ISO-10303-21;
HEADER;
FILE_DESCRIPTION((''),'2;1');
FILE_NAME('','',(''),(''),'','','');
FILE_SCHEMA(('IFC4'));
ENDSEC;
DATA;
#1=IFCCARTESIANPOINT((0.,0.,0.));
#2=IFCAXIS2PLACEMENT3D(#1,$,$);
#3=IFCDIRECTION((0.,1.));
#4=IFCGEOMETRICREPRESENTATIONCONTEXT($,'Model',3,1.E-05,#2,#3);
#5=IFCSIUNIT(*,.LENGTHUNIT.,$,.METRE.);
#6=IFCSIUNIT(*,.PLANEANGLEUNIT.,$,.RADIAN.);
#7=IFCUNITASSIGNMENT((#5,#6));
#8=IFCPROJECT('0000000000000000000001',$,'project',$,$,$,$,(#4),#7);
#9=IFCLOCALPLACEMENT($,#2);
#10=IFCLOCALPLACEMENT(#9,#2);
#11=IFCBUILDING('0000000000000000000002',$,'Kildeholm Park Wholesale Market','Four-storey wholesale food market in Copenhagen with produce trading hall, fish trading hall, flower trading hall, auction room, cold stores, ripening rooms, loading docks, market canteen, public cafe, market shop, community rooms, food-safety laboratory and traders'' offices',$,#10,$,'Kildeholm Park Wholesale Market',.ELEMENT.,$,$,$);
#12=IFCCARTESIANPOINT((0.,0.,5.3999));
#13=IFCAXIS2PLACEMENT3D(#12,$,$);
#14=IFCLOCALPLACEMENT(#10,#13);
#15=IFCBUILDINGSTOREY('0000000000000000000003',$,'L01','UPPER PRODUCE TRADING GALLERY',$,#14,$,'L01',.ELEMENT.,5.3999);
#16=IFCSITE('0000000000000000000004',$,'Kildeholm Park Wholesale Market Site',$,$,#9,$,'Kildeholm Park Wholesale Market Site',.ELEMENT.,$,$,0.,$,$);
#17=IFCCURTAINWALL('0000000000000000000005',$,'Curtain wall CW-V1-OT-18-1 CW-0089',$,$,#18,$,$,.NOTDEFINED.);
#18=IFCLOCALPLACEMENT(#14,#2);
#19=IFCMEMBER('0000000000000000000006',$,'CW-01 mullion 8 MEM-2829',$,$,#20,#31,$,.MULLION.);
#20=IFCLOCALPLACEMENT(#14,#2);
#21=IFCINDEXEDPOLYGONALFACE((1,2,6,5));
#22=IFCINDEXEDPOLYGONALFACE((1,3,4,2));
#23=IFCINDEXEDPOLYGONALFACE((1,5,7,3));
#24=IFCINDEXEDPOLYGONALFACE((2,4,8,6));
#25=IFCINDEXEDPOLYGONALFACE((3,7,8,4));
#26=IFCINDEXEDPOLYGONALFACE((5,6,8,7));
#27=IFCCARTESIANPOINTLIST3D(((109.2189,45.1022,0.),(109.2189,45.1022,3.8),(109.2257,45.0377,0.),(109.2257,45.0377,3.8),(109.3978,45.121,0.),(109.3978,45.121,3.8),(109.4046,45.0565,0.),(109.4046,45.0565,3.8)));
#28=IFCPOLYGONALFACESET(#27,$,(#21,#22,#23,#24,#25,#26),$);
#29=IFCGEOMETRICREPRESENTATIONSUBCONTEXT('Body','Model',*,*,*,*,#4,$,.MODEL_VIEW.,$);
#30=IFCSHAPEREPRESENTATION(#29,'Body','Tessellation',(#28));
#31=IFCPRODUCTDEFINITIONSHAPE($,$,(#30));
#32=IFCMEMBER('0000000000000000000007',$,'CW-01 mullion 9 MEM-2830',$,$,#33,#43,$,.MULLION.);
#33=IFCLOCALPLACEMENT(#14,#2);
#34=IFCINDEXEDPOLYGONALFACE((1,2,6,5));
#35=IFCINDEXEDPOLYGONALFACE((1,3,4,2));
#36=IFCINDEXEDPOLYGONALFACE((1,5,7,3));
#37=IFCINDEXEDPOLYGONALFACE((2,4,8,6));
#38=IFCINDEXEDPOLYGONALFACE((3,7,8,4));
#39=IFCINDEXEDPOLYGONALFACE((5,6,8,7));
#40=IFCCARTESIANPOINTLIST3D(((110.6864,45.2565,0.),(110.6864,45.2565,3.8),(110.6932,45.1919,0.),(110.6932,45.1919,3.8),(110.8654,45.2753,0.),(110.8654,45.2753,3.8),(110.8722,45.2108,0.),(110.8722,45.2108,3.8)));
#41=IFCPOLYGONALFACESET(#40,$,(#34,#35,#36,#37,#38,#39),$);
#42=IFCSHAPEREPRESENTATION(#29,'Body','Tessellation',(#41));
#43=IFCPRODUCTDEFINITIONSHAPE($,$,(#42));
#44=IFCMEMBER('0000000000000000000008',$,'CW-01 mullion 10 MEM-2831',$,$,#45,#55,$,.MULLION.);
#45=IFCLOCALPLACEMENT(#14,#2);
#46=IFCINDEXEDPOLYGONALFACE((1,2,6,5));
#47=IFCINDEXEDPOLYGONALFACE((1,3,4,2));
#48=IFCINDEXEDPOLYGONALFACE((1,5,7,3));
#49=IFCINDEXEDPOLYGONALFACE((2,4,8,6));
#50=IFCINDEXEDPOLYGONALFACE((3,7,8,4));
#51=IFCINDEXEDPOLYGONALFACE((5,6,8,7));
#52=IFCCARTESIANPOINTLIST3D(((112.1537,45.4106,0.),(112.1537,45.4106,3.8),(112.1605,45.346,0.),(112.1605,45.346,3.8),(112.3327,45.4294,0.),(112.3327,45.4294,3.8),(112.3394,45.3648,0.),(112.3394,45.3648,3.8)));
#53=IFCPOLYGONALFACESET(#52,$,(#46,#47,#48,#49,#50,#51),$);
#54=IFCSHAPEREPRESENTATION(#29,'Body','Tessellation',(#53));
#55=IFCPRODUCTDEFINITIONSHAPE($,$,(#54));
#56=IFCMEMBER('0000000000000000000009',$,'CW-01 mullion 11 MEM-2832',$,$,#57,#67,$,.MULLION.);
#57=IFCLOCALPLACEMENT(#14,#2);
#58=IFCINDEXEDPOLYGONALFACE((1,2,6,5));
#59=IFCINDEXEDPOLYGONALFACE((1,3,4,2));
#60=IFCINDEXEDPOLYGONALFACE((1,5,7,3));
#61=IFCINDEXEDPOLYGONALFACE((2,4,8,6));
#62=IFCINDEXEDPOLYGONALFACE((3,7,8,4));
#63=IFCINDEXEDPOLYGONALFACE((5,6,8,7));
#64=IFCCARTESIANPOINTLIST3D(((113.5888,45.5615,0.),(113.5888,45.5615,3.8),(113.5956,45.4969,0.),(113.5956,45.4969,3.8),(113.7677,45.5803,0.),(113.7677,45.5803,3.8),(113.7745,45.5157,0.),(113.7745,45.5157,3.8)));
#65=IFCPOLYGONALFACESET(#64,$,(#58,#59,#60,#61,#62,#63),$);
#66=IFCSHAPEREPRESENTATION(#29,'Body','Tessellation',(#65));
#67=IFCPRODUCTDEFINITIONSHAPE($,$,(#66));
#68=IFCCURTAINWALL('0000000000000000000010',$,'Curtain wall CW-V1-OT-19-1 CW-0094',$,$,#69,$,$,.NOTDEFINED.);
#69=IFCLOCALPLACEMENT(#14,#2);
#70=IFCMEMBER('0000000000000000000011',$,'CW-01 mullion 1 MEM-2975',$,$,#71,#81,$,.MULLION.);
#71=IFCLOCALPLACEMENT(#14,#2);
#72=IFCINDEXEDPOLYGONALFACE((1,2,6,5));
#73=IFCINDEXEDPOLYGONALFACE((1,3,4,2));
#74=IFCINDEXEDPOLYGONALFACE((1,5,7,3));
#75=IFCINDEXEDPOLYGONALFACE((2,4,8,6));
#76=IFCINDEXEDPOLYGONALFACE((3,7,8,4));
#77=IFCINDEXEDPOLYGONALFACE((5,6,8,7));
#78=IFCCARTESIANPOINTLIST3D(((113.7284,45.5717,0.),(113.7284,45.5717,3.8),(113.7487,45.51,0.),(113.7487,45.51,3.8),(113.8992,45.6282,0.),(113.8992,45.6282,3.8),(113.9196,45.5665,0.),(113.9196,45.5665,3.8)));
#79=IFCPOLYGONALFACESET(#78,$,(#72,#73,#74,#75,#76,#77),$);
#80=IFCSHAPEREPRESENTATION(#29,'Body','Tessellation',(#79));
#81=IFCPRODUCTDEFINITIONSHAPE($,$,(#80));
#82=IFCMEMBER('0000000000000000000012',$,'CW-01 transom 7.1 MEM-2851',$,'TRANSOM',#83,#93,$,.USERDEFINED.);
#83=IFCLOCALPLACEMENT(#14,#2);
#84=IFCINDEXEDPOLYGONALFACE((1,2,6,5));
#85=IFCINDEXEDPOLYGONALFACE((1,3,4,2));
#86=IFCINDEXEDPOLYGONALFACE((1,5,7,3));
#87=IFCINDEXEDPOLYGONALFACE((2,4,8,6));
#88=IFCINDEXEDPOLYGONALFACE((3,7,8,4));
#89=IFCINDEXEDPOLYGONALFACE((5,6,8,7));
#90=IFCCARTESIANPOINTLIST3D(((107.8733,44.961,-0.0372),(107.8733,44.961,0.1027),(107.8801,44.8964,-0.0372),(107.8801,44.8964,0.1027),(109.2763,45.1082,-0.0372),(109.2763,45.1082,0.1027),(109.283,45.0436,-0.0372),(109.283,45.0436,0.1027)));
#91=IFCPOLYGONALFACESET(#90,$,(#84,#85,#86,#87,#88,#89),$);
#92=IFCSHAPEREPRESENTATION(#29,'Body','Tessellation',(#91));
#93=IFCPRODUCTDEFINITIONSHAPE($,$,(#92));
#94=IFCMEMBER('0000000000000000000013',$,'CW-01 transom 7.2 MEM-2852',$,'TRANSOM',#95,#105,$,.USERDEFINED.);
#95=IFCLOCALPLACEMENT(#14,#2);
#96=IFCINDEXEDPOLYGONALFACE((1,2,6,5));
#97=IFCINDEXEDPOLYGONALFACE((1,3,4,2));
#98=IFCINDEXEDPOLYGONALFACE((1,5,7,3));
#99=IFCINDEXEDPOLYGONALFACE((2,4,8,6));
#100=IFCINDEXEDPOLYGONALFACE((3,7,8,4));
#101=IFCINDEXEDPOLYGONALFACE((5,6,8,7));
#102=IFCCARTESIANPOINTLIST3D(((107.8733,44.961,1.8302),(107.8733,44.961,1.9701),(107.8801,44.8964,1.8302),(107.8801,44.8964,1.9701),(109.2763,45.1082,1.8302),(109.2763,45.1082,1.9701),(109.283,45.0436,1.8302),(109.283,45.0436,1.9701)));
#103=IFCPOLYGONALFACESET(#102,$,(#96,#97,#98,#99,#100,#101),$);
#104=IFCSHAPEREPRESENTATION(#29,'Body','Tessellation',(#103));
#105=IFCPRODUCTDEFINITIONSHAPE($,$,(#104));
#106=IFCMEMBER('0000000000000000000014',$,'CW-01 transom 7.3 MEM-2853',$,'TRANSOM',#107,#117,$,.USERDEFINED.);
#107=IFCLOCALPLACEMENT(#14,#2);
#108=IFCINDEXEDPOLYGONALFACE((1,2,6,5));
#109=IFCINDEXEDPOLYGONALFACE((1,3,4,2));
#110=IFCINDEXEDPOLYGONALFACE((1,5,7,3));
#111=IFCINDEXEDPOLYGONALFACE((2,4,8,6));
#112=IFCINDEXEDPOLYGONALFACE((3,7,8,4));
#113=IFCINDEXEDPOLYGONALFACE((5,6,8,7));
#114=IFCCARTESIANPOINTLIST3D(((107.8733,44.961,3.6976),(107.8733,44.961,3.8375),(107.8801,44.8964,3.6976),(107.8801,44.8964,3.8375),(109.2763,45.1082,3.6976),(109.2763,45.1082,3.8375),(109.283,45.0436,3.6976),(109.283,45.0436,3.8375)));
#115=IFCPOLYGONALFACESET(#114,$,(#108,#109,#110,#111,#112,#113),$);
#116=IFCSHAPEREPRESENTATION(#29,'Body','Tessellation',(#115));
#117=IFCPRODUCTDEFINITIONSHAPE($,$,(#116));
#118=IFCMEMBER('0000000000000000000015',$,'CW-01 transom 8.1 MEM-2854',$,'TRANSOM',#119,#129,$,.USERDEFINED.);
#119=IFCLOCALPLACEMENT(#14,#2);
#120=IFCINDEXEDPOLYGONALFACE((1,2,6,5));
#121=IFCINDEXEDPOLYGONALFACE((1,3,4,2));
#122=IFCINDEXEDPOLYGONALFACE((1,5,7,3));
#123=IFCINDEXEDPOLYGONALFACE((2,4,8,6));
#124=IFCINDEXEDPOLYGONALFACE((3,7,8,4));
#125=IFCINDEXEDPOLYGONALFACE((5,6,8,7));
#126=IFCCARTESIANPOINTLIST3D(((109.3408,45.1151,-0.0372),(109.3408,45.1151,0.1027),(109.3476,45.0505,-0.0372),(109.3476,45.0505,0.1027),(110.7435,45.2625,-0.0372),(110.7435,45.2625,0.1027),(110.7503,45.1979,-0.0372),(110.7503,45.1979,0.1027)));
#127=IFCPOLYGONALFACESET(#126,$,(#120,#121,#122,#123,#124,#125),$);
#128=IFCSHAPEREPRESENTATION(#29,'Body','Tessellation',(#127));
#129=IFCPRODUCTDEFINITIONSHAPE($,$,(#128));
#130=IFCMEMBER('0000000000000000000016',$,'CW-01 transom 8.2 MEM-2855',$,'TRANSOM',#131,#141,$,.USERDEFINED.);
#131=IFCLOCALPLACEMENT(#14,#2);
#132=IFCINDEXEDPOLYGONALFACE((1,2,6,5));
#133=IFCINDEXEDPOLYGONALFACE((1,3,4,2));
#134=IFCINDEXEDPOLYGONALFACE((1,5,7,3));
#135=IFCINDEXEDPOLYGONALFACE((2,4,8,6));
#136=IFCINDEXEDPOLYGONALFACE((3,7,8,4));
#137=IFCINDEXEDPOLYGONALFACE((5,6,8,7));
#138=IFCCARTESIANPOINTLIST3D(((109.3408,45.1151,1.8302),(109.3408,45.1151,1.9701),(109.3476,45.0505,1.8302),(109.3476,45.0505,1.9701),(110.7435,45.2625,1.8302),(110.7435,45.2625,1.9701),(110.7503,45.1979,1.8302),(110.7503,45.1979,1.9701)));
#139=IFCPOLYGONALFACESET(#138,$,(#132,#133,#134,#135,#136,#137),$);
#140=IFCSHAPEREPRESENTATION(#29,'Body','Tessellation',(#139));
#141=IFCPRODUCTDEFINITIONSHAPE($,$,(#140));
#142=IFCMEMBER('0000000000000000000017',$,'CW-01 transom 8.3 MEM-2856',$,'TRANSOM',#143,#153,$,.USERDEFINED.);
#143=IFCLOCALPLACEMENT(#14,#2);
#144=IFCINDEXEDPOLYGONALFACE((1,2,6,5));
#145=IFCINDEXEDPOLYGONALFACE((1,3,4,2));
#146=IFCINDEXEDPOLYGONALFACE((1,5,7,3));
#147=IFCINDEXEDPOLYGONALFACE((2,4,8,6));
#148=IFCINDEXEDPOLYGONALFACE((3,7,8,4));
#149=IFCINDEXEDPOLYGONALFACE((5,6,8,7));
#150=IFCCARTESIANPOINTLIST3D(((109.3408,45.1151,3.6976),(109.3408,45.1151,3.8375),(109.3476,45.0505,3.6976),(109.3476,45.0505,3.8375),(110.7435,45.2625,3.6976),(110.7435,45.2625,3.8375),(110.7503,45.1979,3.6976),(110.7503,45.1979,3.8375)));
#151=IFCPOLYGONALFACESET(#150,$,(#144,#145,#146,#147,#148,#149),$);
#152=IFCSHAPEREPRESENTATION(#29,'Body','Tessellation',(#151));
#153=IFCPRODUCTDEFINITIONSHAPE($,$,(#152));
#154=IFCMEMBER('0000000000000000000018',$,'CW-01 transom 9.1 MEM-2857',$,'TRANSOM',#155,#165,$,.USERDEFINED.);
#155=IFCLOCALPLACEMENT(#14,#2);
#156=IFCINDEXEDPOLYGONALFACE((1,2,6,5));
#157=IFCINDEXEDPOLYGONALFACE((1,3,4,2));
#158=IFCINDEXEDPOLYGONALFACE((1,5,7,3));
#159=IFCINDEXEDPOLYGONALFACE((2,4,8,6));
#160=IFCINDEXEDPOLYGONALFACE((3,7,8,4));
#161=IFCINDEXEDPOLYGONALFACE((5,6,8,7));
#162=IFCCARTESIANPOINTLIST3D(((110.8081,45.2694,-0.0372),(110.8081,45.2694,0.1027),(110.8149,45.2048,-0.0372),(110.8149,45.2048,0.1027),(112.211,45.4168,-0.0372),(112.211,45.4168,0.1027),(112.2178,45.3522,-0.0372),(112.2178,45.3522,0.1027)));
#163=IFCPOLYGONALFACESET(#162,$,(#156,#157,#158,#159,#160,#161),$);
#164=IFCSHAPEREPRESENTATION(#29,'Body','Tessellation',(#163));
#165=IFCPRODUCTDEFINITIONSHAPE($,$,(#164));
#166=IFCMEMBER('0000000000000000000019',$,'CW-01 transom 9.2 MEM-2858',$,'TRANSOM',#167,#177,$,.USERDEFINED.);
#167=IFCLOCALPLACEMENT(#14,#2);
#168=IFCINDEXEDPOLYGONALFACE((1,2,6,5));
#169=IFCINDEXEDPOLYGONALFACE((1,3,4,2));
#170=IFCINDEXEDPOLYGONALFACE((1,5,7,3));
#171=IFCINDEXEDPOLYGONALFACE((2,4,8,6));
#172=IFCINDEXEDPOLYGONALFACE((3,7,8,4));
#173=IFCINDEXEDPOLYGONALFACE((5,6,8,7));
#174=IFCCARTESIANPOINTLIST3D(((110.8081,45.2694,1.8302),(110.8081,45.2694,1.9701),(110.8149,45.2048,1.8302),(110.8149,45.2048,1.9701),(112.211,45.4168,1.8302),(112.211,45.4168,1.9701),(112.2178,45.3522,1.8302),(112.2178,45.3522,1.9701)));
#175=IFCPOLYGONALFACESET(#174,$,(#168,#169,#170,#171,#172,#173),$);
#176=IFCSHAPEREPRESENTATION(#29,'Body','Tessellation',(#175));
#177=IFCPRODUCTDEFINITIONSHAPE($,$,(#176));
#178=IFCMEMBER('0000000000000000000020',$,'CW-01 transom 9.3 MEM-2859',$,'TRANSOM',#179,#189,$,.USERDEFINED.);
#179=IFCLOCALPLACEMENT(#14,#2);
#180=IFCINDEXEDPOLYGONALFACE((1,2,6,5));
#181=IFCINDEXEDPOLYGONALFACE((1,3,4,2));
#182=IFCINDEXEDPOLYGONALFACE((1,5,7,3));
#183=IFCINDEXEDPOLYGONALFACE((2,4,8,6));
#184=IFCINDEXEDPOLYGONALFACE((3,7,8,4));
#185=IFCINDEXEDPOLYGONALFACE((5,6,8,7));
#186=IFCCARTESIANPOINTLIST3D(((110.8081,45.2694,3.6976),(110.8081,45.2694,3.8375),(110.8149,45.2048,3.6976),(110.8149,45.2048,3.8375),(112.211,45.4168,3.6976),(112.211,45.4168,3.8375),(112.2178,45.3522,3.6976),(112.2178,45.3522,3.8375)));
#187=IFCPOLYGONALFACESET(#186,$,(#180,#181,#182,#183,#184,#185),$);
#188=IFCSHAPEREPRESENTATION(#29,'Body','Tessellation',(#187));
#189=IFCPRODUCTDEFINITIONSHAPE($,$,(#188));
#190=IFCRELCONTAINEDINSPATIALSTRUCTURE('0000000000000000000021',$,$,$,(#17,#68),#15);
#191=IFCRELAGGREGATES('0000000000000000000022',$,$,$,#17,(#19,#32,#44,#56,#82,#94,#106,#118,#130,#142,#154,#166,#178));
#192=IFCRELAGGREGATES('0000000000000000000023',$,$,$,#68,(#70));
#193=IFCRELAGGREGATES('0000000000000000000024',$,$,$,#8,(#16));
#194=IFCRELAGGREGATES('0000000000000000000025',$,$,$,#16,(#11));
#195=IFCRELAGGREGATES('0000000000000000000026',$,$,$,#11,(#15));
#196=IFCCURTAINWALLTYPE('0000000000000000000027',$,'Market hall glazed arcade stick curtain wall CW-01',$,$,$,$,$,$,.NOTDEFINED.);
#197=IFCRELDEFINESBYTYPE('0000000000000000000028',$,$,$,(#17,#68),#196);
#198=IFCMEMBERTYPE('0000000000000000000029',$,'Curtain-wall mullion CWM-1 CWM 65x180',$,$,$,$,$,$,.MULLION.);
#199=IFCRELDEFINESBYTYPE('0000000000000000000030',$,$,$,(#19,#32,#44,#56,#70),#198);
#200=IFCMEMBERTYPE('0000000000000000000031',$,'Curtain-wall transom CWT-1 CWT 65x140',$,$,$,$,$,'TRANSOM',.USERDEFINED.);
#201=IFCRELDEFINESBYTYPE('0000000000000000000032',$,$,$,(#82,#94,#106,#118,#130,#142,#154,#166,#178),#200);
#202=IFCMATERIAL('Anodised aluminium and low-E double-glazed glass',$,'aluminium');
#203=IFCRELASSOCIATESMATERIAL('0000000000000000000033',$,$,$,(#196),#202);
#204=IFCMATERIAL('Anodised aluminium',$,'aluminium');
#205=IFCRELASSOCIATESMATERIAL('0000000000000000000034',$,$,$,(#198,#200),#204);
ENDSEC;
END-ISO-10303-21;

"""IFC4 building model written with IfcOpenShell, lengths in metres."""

from ifc_helpers import new_model, si_unit, direction, frame, origin, origin_2d, place, context, subcontext, project, spatial, rectangle, extrude, material, material_profile, profile_set, type_object, element, aggregate, save


model = new_model("IFC4")

# Units and contexts
model_context = context("Model", 3, precision=1e-05, world=origin(), true_north=direction((0.0, 1.0)))
body_context = subcontext(model_context, "Body", "Model", "MODEL_VIEW")
ifc_project = project(units=[si_unit("LENGTHUNIT", "METRE"), si_unit("PLANEANGLEUNIT", "RADIAN")], contexts=[model_context])

# Site, building, storey
site_placement = place(None, origin())
site = spatial("IfcSite", under=ifc_project, at=site_placement, Name="Kildeholm Park Wholesale Market Site", LongName="Kildeholm Park Wholesale Market Site", CompositionType="ELEMENT", RefElevation=0.0)
building_placement = place(site_placement, origin())
building = spatial("IfcBuilding", under=site, at=building_placement, Name="Kildeholm Park Wholesale Market", Description="Four-storey wholesale food market in Copenhagen with produce trading hall, fish trading hall, flower trading hall, auction room, cold stores, ripening rooms, loading docks, market canteen, public cafe, market shop, community rooms, food-safety laboratory and traders' offices", LongName="Kildeholm Park Wholesale Market", CompositionType="ELEMENT")
storey_placement = place(building_placement, frame((0.0, 0.0, 5.3999)))
storey = spatial("IfcBuildingStorey", under=building, at=storey_placement, Name="L01", Description="UPPER PRODUCE TRADING GALLERY", LongName="L01", CompositionType="ELEMENT", Elevation=5.3999)

# Curtain wall, members
ifc_material_1 = material(Name="Anodised aluminium and low-E double-glazed glass", Category="aluminium")
curtain_wall_type = type_object("IfcCurtainWallType", Name="Market hall glazed arcade stick curtain wall CW-01", PredefinedType="NOTDEFINED", material=ifc_material_1)
curtain_wall_1_placement = place(storey_placement, origin())
curtain_wall_1 = element("IfcCurtainWall", 1, at=curtain_wall_1_placement, inside=storey, type_object=curtain_wall_type, Name="Curtain wall CW-V1-OT-18-1 CW-0089", PredefinedType="NOTDEFINED")
ifc_material_2 = material(Name="Anodised aluminium", Category="aluminium")
ifc_material_profile_1 = material_profile(ifc_material_2, rectangle(XDim=0.0649, YDim=0.1799, at=origin_2d()), Name="CWM 65x180")
ifc_profile_set_1 = profile_set([ifc_material_profile_1], Name="Anodised aluminium")
member_type_1 = type_object("IfcMemberType", Name="Curtain-wall mullion CWM-1 CWM 65x180", PredefinedType="MULLION", material=ifc_profile_set_1)
member_1_placement = place(storey_placement, frame((109.3118, 45.0793, 0.0), z_axis=(0.0, 0.0, 1.0), x_axis=(-0.104508, 0.994524, 0.0)))
member_1 = element("IfcMember", 2, at=member_1_placement, type_object=member_type_1, Name="CW-01 mullion 8 MEM-2829", PredefinedType="MULLION", context=body_context, shape_type="SweptSolid", body=[
    extrude(rectangle(XDim=0.0649, YDim=0.1799, at=origin_2d()), origin(), (0.0, 0.0, 1.0), 3.8),
])
member_2_placement = place(storey_placement, frame((110.7793, 45.2336, 0.0), z_axis=(0.0, 0.0, 1.0), x_axis=(-0.104508, 0.994524, 0.0)))
member_2 = element("IfcMember", 3, at=member_2_placement, type_object=member_type_1, Name="CW-01 mullion 9 MEM-2830", PredefinedType="MULLION", context=body_context, shape_type="SweptSolid", body=[
    extrude(rectangle(XDim=0.0649, YDim=0.1799, at=origin_2d()), origin(), (0.0, 0.0, 1.0), 3.8),
])
member_3_placement = place(storey_placement, frame((112.2466, 45.3877, 0.0), z_axis=(0.0, 0.0, 1.0), x_axis=(-0.104508, 0.994524, 0.0)))
member_3 = element("IfcMember", 4, at=member_3_placement, type_object=member_type_1, Name="CW-01 mullion 10 MEM-2831", PredefinedType="MULLION", context=body_context, shape_type="SweptSolid", body=[
    extrude(rectangle(XDim=0.0649, YDim=0.1799, at=origin_2d()), origin(), (0.0, 0.0, 1.0), 3.8),
])
member_4_placement = place(storey_placement, frame((113.6816, 45.5386, 0.0), z_axis=(0.0, 0.0, 1.0), x_axis=(-0.104508, 0.994524, 0.0)))
member_4 = element("IfcMember", 5, at=member_4_placement, type_object=member_type_1, Name="CW-01 mullion 11 MEM-2832", PredefinedType="MULLION", context=body_context, shape_type="SweptSolid", body=[
    extrude(rectangle(XDim=0.0649, YDim=0.1799, at=origin_2d()), origin(), (0.0, 0.0, 1.0), 3.8),
])

# Curtain wall, member
curtain_wall_2_placement = place(storey_placement, origin())
curtain_wall_2 = element("IfcCurtainWall", 6, at=curtain_wall_2_placement, inside=storey, type_object=curtain_wall_type, Name="Curtain wall CW-V1-OT-19-1 CW-0094", PredefinedType="NOTDEFINED")
member_5_placement = place(storey_placement, frame((113.824, 45.5691, 0.0), z_axis=(0.0, 0.0, 1.0), x_axis=(-0.313914, 0.949451, 0.0)))
member_5 = element("IfcMember", 7, at=member_5_placement, type_object=member_type_1, Name="CW-01 mullion 1 MEM-2975", PredefinedType="MULLION", context=body_context, shape_type="SweptSolid", body=[
    extrude(rectangle(XDim=0.0649, YDim=0.1799, at=origin_2d()), origin(), (0.0, 0.0, 1.0), 3.8),
])

# Members
ifc_material_profile_2 = material_profile(ifc_material_2, rectangle(XDim=0.0649, YDim=0.1399, at=origin_2d()), Name="CWT 65x140")
ifc_profile_set_2 = profile_set([ifc_material_profile_2], Name="Anodised aluminium")
member_type_2 = type_object("IfcMemberType", Name="Curtain-wall transom CWT-1 CWT 65x140", ElementType="TRANSOM", PredefinedType="USERDEFINED", material=ifc_profile_set_2)
member_6_placement = place(storey_placement, frame((107.8767, 44.9287, 0.0327), z_axis=(0.994539, 0.104369, 0.0), x_axis=(-0.104369, 0.994539, 0.0)))
member_6 = element("IfcMember", 8, at=member_6_placement, type_object=member_type_2, Name="CW-01 transom 7.1 MEM-2851", ObjectType="TRANSOM", PredefinedType="USERDEFINED", context=body_context, shape_type="SweptSolid", body=[
    extrude(rectangle(XDim=0.0649, YDim=0.1399, at=origin_2d()), origin(), (0.0, 0.0, 1.0), 1.4106),
])
member_7_placement = place(storey_placement, frame((107.8767, 44.9287, 1.9001), z_axis=(0.994539, 0.104369, 0.0), x_axis=(-0.104369, 0.994539, 0.0)))
member_7 = element("IfcMember", 9, at=member_7_placement, type_object=member_type_2, Name="CW-01 transom 7.2 MEM-2852", ObjectType="TRANSOM", PredefinedType="USERDEFINED", context=body_context, shape_type="SweptSolid", body=[
    extrude(rectangle(XDim=0.0649, YDim=0.1399, at=origin_2d()), origin(), (0.0, 0.0, 1.0), 1.4106),
])
member_8_placement = place(storey_placement, frame((107.8767, 44.9287, 3.7676), z_axis=(0.994539, 0.104369, 0.0), x_axis=(-0.104369, 0.994539, 0.0)))
member_8 = element("IfcMember", 10, at=member_8_placement, type_object=member_type_2, Name="CW-01 transom 7.3 MEM-2853", ObjectType="TRANSOM", PredefinedType="USERDEFINED", context=body_context, shape_type="SweptSolid", body=[
    extrude(rectangle(XDim=0.0649, YDim=0.1399, at=origin_2d()), origin(), (0.0, 0.0, 1.0), 1.4106),
])
member_9_placement = place(storey_placement, frame((109.3442, 45.0828, 0.0327), z_axis=(0.994519, 0.104559, 0.0), x_axis=(-0.104559, 0.994519, 0.0)))
member_9 = element("IfcMember", 11, at=member_9_placement, type_object=member_type_2, Name="CW-01 transom 8.1 MEM-2854", ObjectType="TRANSOM", PredefinedType="USERDEFINED", context=body_context, shape_type="SweptSolid", body=[
    extrude(rectangle(XDim=0.0649, YDim=0.1399, at=origin_2d()), origin(), (0.0, 0.0, 1.0), 1.4104),
])
member_10_placement = place(storey_placement, frame((109.3442, 45.0828, 1.9001), z_axis=(0.994519, 0.104559, 0.0), x_axis=(-0.104559, 0.994519, 0.0)))
member_10 = element("IfcMember", 12, at=member_10_placement, type_object=member_type_2, Name="CW-01 transom 8.2 MEM-2855", ObjectType="TRANSOM", PredefinedType="USERDEFINED", context=body_context, shape_type="SweptSolid", body=[
    extrude(rectangle(XDim=0.0649, YDim=0.1399, at=origin_2d()), origin(), (0.0, 0.0, 1.0), 1.4104),
])
member_11_placement = place(storey_placement, frame((109.3442, 45.0828, 3.7676), z_axis=(0.994519, 0.104559, 0.0), x_axis=(-0.104559, 0.994519, 0.0)))
member_11 = element("IfcMember", 13, at=member_11_placement, type_object=member_type_2, Name="CW-01 transom 8.3 MEM-2856", ObjectType="TRANSOM", PredefinedType="USERDEFINED", context=body_context, shape_type="SweptSolid", body=[
    extrude(rectangle(XDim=0.0649, YDim=0.1399, at=origin_2d()), origin(), (0.0, 0.0, 1.0), 1.4104),
])
member_12_placement = place(storey_placement, frame((110.8115, 45.2371, 0.0327), z_axis=(0.994521, 0.104541, 0.0), x_axis=(-0.104541, 0.994521, 0.0)))
member_12 = element("IfcMember", 14, at=member_12_placement, type_object=member_type_2, Name="CW-01 transom 9.1 MEM-2857", ObjectType="TRANSOM", PredefinedType="USERDEFINED", context=body_context, shape_type="SweptSolid", body=[
    extrude(rectangle(XDim=0.0649, YDim=0.1399, at=origin_2d()), origin(), (0.0, 0.0, 1.0), 1.4106),
])
member_13_placement = place(storey_placement, frame((110.8115, 45.2371, 1.9001), z_axis=(0.994521, 0.104541, 0.0), x_axis=(-0.104541, 0.994521, 0.0)))
member_13 = element("IfcMember", 15, at=member_13_placement, type_object=member_type_2, Name="CW-01 transom 9.2 MEM-2858", ObjectType="TRANSOM", PredefinedType="USERDEFINED", context=body_context, shape_type="SweptSolid", body=[
    extrude(rectangle(XDim=0.0649, YDim=0.1399, at=origin_2d()), origin(), (0.0, 0.0, 1.0), 1.4106),
])
member_14_placement = place(storey_placement, frame((110.8115, 45.2371, 3.7676), z_axis=(0.994521, 0.104541, 0.0), x_axis=(-0.104541, 0.994521, 0.0)))
member_14 = element("IfcMember", 16, at=member_14_placement, type_object=member_type_2, Name="CW-01 transom 9.3 MEM-2859", ObjectType="TRANSOM", PredefinedType="USERDEFINED", context=body_context, shape_type="SweptSolid", body=[
    extrude(rectangle(XDim=0.0649, YDim=0.1399, at=origin_2d()), origin(), (0.0, 0.0, 1.0), 1.4106),
])

aggregate(curtain_wall_1, [member_1, member_2, member_3, member_4, member_6, member_7, member_8, member_9, member_10, member_11, member_12, member_13, member_14])
aggregate(curtain_wall_2, [member_5])

save(model, "model.ifc")
